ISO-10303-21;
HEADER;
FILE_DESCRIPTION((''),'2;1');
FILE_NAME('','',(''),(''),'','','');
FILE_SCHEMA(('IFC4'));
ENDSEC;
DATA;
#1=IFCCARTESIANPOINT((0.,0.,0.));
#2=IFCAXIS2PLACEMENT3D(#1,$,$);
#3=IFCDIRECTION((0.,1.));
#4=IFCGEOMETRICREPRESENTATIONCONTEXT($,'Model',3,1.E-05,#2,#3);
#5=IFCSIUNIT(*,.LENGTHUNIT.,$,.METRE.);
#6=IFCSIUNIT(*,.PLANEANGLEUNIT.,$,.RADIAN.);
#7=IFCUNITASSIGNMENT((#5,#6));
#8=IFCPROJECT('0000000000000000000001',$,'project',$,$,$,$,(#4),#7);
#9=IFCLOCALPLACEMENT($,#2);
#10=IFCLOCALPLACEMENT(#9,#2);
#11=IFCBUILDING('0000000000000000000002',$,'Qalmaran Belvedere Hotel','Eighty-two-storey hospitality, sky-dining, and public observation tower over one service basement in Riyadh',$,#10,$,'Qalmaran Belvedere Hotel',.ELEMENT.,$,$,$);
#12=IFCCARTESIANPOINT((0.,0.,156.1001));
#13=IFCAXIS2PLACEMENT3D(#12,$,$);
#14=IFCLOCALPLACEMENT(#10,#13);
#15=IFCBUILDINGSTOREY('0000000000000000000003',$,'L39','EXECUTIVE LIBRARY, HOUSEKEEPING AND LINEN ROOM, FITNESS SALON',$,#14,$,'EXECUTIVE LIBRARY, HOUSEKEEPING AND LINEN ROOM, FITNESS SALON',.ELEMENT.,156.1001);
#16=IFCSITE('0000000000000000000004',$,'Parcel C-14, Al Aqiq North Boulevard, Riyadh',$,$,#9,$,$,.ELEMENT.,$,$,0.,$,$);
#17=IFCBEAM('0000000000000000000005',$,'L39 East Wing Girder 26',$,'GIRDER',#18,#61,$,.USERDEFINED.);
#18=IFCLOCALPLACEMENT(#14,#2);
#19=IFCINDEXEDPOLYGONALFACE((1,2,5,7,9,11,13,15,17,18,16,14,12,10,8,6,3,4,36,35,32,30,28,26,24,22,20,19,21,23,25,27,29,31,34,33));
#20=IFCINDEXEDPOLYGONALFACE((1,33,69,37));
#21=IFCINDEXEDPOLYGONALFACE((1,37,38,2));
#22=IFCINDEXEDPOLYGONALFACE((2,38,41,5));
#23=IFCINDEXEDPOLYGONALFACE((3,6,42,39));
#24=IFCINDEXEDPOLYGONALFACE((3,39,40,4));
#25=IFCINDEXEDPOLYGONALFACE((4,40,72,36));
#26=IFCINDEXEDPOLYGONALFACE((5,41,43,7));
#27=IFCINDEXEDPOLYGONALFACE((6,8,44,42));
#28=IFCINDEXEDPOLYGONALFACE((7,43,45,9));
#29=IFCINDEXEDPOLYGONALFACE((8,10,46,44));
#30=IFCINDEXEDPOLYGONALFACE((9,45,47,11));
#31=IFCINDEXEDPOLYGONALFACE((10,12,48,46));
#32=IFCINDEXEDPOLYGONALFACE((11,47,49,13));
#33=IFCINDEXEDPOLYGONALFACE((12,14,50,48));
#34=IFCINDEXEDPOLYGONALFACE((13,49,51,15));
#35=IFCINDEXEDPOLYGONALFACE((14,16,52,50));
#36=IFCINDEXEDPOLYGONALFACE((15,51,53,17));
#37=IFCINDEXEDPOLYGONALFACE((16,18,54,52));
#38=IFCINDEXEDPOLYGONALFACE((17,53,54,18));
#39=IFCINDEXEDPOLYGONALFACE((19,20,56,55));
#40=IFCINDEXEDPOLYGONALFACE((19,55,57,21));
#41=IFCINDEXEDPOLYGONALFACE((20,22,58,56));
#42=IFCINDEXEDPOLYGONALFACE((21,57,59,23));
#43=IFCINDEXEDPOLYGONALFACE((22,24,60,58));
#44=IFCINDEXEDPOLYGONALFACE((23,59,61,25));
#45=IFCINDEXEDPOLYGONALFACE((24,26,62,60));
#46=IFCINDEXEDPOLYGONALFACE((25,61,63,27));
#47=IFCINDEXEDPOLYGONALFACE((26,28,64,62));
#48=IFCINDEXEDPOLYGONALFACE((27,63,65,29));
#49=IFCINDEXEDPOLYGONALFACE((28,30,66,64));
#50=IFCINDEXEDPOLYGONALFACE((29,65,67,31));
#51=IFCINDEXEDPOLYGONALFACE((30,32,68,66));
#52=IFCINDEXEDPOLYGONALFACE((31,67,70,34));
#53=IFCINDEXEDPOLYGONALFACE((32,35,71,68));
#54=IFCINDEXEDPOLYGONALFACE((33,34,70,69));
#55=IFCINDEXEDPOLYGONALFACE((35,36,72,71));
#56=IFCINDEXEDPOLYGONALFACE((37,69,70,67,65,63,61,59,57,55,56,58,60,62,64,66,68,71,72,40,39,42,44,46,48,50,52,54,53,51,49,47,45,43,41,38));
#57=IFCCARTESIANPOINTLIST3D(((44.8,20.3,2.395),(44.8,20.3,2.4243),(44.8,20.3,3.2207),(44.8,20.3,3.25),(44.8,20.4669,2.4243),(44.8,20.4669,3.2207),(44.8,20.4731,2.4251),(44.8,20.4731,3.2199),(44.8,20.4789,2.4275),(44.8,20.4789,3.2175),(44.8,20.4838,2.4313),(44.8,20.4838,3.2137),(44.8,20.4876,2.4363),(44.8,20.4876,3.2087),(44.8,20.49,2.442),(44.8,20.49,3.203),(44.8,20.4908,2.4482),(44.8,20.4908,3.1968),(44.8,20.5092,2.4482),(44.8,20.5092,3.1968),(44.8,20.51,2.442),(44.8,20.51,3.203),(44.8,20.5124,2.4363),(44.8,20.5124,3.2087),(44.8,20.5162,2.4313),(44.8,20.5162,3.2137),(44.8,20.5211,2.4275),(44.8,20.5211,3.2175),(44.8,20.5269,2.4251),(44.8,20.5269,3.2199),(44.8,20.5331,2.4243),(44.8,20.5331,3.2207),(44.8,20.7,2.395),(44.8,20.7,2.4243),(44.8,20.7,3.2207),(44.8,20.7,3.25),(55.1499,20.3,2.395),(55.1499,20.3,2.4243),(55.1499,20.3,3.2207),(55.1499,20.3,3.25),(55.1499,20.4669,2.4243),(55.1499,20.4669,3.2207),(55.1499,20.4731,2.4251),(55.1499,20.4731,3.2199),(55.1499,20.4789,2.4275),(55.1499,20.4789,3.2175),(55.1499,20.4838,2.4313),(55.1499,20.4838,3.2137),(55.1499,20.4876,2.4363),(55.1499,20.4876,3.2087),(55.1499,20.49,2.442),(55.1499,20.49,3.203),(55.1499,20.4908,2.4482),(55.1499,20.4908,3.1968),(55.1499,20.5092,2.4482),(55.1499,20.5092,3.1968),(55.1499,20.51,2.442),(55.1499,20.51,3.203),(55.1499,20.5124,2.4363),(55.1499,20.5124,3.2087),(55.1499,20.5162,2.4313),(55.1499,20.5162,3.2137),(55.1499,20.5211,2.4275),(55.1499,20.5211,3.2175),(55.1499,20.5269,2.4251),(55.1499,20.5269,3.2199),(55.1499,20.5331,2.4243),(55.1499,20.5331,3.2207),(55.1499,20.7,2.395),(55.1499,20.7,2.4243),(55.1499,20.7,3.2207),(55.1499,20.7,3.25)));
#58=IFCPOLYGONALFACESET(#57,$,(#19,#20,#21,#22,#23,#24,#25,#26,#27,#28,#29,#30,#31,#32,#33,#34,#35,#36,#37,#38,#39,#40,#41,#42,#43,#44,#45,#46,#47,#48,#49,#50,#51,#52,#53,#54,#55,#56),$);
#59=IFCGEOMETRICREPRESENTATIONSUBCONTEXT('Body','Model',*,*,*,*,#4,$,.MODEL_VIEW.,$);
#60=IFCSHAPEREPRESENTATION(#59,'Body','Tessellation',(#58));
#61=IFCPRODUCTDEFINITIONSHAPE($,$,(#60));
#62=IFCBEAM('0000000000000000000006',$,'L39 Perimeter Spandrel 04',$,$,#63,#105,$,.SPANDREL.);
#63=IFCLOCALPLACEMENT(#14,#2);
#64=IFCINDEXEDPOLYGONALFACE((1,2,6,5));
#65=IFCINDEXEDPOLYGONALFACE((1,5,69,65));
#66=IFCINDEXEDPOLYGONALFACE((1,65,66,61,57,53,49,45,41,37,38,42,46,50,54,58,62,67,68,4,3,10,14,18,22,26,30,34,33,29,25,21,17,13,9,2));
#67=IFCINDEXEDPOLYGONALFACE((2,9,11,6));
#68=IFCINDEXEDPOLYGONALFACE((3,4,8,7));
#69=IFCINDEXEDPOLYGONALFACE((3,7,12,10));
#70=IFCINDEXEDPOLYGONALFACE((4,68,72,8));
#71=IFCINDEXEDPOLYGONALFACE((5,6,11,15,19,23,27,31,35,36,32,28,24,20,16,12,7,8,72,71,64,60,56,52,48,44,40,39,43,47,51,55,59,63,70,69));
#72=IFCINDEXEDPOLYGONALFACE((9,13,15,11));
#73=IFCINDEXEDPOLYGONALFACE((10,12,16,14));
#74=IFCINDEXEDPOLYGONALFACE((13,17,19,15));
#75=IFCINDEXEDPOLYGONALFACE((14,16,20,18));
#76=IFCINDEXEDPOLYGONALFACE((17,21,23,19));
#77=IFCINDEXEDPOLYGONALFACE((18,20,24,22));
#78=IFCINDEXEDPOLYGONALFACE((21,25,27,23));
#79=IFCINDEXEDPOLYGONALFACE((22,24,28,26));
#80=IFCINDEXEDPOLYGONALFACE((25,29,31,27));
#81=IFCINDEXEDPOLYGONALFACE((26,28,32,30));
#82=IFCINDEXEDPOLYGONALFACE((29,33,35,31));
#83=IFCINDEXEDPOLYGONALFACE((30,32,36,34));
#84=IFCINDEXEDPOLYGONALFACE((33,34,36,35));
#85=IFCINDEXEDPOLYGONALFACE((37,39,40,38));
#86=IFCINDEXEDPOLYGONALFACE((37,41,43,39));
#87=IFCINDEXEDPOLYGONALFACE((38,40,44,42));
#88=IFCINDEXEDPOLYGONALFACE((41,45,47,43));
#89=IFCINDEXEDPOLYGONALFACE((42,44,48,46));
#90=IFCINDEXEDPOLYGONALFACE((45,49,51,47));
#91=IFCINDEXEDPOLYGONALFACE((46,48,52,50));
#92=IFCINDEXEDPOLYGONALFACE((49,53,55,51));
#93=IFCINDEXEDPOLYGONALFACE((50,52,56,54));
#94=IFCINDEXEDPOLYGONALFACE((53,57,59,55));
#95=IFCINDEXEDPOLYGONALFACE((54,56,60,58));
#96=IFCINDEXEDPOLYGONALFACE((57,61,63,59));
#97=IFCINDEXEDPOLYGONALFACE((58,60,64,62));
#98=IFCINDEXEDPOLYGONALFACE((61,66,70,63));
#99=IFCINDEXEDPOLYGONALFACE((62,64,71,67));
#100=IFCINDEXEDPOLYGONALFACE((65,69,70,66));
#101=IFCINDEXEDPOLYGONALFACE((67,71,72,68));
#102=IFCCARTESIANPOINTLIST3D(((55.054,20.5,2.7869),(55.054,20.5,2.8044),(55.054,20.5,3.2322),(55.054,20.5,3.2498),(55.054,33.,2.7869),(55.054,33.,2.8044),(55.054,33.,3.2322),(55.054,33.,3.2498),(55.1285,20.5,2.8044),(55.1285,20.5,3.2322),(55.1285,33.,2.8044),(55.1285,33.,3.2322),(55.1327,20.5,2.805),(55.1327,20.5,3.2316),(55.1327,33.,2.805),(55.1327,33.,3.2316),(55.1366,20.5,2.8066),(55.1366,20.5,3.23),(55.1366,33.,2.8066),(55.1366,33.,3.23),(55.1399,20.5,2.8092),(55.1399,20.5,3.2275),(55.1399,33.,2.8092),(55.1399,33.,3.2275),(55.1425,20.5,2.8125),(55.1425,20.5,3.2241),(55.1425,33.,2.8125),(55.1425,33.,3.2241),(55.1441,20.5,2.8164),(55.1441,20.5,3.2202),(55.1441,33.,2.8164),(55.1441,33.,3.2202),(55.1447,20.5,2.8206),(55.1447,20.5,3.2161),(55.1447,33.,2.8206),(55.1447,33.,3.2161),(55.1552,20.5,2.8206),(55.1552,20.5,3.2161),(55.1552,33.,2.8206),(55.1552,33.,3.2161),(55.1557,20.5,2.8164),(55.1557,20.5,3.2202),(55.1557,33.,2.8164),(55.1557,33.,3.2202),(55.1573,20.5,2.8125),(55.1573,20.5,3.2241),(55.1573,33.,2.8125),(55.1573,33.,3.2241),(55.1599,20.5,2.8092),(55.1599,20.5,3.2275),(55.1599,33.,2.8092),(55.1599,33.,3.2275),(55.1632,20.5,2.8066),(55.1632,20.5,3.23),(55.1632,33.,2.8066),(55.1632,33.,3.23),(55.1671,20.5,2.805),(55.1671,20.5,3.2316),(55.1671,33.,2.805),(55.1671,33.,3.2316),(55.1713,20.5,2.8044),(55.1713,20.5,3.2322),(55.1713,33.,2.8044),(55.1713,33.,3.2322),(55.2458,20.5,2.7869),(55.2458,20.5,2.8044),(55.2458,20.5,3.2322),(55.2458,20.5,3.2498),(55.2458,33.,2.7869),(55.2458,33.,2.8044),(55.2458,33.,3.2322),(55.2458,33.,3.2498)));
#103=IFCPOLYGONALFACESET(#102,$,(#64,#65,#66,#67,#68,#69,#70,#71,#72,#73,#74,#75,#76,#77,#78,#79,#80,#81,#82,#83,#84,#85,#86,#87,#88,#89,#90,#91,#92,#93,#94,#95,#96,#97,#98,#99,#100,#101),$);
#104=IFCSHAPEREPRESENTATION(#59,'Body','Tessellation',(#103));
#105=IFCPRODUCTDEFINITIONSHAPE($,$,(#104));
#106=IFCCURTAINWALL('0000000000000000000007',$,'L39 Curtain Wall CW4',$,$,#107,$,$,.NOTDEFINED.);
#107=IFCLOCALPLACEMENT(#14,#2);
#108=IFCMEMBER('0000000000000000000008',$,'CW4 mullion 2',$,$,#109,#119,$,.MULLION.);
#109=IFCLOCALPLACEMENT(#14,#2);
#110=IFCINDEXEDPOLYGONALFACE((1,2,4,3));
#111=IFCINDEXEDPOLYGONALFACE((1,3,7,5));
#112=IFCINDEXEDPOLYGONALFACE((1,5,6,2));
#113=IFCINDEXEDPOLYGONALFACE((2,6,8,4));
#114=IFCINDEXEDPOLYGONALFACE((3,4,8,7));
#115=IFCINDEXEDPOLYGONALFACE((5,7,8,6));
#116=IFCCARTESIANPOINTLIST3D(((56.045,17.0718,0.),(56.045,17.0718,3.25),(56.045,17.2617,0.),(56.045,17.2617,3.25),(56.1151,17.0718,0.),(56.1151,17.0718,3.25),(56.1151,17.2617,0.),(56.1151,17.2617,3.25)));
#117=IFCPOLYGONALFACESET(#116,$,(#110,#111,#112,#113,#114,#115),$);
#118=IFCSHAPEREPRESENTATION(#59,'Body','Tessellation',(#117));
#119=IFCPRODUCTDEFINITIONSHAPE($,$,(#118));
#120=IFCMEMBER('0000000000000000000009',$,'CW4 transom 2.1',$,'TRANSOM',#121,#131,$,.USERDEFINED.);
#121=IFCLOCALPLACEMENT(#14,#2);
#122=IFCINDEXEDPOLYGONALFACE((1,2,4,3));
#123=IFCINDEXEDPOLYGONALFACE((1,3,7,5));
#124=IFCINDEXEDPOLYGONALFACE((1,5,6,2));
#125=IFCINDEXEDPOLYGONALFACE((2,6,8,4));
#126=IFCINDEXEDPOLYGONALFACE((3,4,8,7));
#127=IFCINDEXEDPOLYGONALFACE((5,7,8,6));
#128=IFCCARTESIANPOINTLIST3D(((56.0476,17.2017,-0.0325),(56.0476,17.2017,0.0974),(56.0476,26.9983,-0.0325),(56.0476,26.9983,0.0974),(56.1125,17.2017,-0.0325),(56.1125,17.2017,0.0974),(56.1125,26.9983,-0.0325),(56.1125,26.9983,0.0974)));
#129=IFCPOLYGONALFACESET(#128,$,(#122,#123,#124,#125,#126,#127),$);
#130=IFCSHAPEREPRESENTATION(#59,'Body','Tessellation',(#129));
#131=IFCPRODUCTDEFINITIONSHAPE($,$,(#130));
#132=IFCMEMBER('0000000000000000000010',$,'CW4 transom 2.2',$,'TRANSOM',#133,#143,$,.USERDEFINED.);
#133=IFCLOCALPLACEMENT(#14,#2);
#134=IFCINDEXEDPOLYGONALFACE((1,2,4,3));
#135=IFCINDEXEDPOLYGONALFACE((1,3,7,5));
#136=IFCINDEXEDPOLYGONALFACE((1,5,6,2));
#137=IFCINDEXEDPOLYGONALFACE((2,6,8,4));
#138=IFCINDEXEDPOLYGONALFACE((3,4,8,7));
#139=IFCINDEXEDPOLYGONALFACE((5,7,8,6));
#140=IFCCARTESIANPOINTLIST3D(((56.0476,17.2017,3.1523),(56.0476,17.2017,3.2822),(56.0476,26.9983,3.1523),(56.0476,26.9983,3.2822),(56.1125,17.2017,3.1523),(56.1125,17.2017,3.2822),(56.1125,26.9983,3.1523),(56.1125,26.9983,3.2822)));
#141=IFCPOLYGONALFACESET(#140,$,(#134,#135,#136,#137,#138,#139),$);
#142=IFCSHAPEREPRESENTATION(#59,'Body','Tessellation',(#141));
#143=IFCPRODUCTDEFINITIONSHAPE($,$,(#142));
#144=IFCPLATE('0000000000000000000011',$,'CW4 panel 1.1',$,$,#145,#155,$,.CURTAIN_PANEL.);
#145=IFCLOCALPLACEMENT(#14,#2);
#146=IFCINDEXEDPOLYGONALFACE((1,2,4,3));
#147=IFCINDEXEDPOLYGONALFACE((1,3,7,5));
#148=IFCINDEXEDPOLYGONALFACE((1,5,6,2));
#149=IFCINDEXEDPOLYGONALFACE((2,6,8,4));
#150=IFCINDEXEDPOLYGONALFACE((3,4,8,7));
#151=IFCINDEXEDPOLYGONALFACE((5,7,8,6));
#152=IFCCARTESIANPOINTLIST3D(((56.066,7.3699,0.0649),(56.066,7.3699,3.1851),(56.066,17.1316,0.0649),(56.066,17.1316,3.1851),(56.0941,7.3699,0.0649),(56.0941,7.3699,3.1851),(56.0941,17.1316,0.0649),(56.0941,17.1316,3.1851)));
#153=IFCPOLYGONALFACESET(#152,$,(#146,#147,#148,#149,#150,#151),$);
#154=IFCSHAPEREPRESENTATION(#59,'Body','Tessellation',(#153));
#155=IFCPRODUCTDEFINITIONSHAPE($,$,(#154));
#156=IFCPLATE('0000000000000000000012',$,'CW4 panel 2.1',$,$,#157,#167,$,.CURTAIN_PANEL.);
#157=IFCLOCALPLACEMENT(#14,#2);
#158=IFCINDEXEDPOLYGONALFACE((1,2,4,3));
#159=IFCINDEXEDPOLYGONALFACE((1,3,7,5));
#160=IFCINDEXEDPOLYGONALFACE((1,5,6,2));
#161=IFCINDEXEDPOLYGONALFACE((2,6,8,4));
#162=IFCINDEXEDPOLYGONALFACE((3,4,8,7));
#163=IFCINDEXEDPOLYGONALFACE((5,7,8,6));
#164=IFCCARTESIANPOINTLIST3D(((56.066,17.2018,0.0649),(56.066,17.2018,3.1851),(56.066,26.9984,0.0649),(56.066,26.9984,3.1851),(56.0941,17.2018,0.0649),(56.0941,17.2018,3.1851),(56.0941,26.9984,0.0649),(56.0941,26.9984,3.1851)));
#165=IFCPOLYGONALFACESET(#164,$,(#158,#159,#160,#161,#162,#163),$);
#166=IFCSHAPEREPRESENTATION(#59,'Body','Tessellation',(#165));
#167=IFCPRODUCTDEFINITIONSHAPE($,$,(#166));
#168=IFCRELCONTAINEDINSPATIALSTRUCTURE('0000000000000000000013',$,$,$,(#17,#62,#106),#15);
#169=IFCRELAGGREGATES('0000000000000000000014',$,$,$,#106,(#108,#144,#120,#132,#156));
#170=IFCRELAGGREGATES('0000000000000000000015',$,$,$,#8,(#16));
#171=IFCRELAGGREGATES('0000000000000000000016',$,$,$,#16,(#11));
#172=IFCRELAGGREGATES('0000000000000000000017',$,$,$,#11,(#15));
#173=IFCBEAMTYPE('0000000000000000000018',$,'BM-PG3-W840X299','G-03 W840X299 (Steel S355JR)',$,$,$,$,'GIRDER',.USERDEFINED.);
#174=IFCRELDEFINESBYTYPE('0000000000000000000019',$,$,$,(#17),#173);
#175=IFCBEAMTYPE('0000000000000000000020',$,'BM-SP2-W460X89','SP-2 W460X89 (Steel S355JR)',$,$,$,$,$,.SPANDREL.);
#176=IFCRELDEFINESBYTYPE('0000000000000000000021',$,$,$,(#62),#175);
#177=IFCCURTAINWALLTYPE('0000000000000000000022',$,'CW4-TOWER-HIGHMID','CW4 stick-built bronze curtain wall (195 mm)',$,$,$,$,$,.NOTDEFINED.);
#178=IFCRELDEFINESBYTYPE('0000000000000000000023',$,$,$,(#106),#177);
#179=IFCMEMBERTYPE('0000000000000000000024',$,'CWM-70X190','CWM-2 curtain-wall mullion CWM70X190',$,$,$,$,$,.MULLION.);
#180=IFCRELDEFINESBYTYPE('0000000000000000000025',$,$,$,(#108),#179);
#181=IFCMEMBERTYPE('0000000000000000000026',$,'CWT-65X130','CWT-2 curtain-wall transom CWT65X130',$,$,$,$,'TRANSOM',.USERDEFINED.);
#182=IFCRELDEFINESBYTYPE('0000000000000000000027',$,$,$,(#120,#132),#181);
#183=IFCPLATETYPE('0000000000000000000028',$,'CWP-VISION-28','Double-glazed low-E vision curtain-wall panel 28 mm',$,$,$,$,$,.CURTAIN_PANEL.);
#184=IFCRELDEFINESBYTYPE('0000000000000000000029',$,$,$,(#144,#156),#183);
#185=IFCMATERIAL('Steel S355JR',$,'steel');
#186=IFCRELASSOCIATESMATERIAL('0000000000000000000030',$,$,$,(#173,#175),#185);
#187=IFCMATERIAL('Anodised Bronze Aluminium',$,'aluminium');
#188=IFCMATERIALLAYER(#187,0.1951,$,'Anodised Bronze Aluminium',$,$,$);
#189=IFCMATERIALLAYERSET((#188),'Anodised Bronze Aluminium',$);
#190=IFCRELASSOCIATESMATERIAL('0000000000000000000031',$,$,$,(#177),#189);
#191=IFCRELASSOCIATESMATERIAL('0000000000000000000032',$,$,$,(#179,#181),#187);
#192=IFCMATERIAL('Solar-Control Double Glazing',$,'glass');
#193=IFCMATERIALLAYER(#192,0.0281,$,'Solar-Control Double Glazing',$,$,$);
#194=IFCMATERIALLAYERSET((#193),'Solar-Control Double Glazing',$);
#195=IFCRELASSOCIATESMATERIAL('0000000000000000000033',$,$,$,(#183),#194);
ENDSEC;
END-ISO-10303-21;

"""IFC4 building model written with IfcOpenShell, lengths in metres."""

from ifc_helpers import new_model, si_unit, direction, frame, origin, origin_2d, place, context, subcontext, project, spatial, rectangle, i_section, extrude, material, layer, layer_set, material_profile, profile_set, type_object, element, aggregate, save


model = new_model("IFC4")

# Units and contexts
model_context = context("Model", 3, precision=1e-05, world=origin(), true_north=direction((0.0, 1.0)))
body_context = subcontext(model_context, "Body", "Model", "MODEL_VIEW")
ifc_project = project(units=[si_unit("LENGTHUNIT", "METRE"), si_unit("PLANEANGLEUNIT", "RADIAN")], contexts=[model_context])

# Site, building, storey
site_placement = place(None, origin())
site = spatial("IfcSite", under=ifc_project, at=site_placement, Name="Parcel C-14, Al Aqiq North Boulevard, Riyadh", CompositionType="ELEMENT", RefElevation=0.0)
building_placement = place(site_placement, origin())
building = spatial("IfcBuilding", under=site, at=building_placement, Name="Qalmaran Belvedere Hotel", Description="Eighty-two-storey hospitality, sky-dining, and public observation tower over one service basement in Riyadh", LongName="Qalmaran Belvedere Hotel", CompositionType="ELEMENT")
storey_placement = place(building_placement, frame((0.0, 0.0, 156.1001)))
storey = spatial("IfcBuildingStorey", under=building, at=storey_placement, Name="L39", Description="EXECUTIVE LIBRARY, HOUSEKEEPING AND LINEN ROOM, FITNESS SALON", LongName="EXECUTIVE LIBRARY, HOUSEKEEPING AND LINEN ROOM, FITNESS SALON", CompositionType="ELEMENT", Elevation=156.1001)

# Beams
ifc_material_1 = material(Name="Steel S355JR", Category="steel")
ifc_material_profile_1 = material_profile(ifc_material_1, i_section(OverallWidth=0.3999, OverallDepth=0.855, WebThickness=0.0183, FlangeThickness=0.0293, FilletRadius=0.0239, at=origin_2d()), Name="W840X299")
ifc_profile_set_1 = profile_set([ifc_material_profile_1], Name="Steel S355JR")
beam_type_1 = type_object("IfcBeamType", Name="BM-PG3-W840X299", Description="G-03 W840X299 (Steel S355JR)", ElementType="GIRDER", PredefinedType="USERDEFINED", material=ifc_profile_set_1)
beam_1_placement = place(storey_placement, frame((44.8, 20.5, 2.8225), z_axis=(1.0, 0.0, 0.0), x_axis=(0.0, 1.0, 0.0)))
element("IfcBeam", 1, at=beam_1_placement, inside=storey, type_object=beam_type_1, Name="L39 East Wing Girder 26", ObjectType="GIRDER", PredefinedType="USERDEFINED", context=body_context, shape_type="SweptSolid", body=[
    extrude(i_section(OverallWidth=0.3999, OverallDepth=0.855, WebThickness=0.0183, FlangeThickness=0.0293, FilletRadius=0.0239, at=origin_2d()), origin(), (0.0, 0.0, 1.0), 10.3499),
])
ifc_material_profile_2 = material_profile(ifc_material_1, i_section(OverallWidth=0.1919, OverallDepth=0.4629, WebThickness=0.0105, FlangeThickness=0.0176, FilletRadius=0.0161, at=origin_2d()), Name="W460X89")
ifc_profile_set_2 = profile_set([ifc_material_profile_2], Name="Steel S355JR")
beam_type_2 = type_object("IfcBeamType", Name="BM-SP2-W460X89", Description="SP-2 W460X89 (Steel S355JR)", PredefinedType="SPANDREL", material=ifc_profile_set_2)
beam_2_placement = place(storey_placement, frame((55.1499, 20.5, 3.0183), z_axis=(0.0, 1.0, 0.0), x_axis=(-1.0, 0.0, 0.0)))
element("IfcBeam", 2, at=beam_2_placement, inside=storey, type_object=beam_type_2, Name="L39 Perimeter Spandrel 04", PredefinedType="SPANDREL", context=body_context, shape_type="SweptSolid", body=[
    extrude(i_section(OverallWidth=0.1919, OverallDepth=0.4629, WebThickness=0.0105, FlangeThickness=0.0176, FilletRadius=0.0161, at=origin_2d()), origin(), (0.0, 0.0, 1.0), 12.5),
])

# Curtain wall, members, plates
ifc_material_2 = material(Name="Anodised Bronze Aluminium", Category="aluminium")
ifc_layer_1 = layer(ifc_material_2, 0.1951, Name="Anodised Bronze Aluminium")
ifc_layer_set_1 = layer_set([ifc_layer_1], Name="Anodised Bronze Aluminium")
curtain_wall_type = type_object("IfcCurtainWallType", Name="CW4-TOWER-HIGHMID", Description="CW4 stick-built bronze curtain wall (195 mm)", PredefinedType="NOTDEFINED", material=ifc_layer_set_1)
curtain_wall_placement = place(storey_placement, origin())
curtain_wall = element("IfcCurtainWall", 3, at=curtain_wall_placement, inside=storey, type_object=curtain_wall_type, Name="L39 Curtain Wall CW4", PredefinedType="NOTDEFINED")
ifc_material_profile_3 = material_profile(ifc_material_2, rectangle(XDim=0.0701, YDim=0.1899, at=origin_2d()), Name="CWM70X190")
ifc_profile_set_3 = profile_set([ifc_material_profile_3], Name="Anodised Bronze Aluminium")
member_type_1 = type_object("IfcMemberType", Name="CWM-70X190", Description="CWM-2 curtain-wall mullion CWM70X190", PredefinedType="MULLION", material=ifc_profile_set_3)
member_1_placement = place(storey_placement, frame((56.0801, 17.1667, 0.0), z_axis=(0.0, 0.0, 1.0), x_axis=(-1.0, 0.0, 0.0)))
member_1 = element("IfcMember", 4, at=member_1_placement, type_object=member_type_1, Name="CW4 mullion 2", PredefinedType="MULLION", context=body_context, shape_type="SweptSolid", body=[
    extrude(rectangle(XDim=0.0701, YDim=0.1899, at=origin_2d()), origin(), (0.0, 0.0, 1.0), 3.25),
])
ifc_material_profile_4 = material_profile(ifc_material_2, rectangle(XDim=0.0649, YDim=0.1299, at=origin_2d()), Name="CWT65X130")
ifc_profile_set_4 = profile_set([ifc_material_profile_4], Name="Anodised Bronze Aluminium")
member_type_2 = type_object("IfcMemberType", Name="CWT-65X130", Description="CWT-2 curtain-wall transom CWT65X130", ElementType="TRANSOM", PredefinedType="USERDEFINED", material=ifc_profile_set_4)
member_2_placement = place(storey_placement, frame((56.0801, 17.2017, 0.0325), z_axis=(0.0, 1.0, 0.0), x_axis=(-1.0, 0.0, 0.0)))
member_2 = element("IfcMember", 5, at=member_2_placement, type_object=member_type_2, Name="CW4 transom 2.1", ObjectType="TRANSOM", PredefinedType="USERDEFINED", context=body_context, shape_type="SweptSolid", body=[
    extrude(rectangle(XDim=0.0649, YDim=0.1299, at=origin_2d()), origin(), (0.0, 0.0, 1.0), 9.7966),
])
member_3_placement = place(storey_placement, frame((56.0801, 17.2017, 3.2173), z_axis=(0.0, 1.0, 0.0), x_axis=(-1.0, 0.0, 0.0)))
member_3 = element("IfcMember", 6, at=member_3_placement, type_object=member_type_2, Name="CW4 transom 2.2", ObjectType="TRANSOM", PredefinedType="USERDEFINED", context=body_context, shape_type="SweptSolid", body=[
    extrude(rectangle(XDim=0.0649, YDim=0.1299, at=origin_2d()), origin(), (0.0, 0.0, 1.0), 9.7966),
])
ifc_material_3 = material(Name="Solar-Control Double Glazing", Category="glass")
ifc_layer_2 = layer(ifc_material_3, 0.0281, Name="Solar-Control Double Glazing")
ifc_layer_set_2 = layer_set([ifc_layer_2], Name="Solar-Control Double Glazing")
plate_type = type_object("IfcPlateType", Name="CWP-VISION-28", Description="Double-glazed low-E vision curtain-wall panel 28 mm", PredefinedType="CURTAIN_PANEL", material=ifc_layer_set_2)
plate_1_placement = place(storey_placement, frame((56.0801, 12.2507, 0.0649), z_axis=(0.0, 0.0, 1.0), x_axis=(0.0, 1.0, 0.0)))
plate_1 = element("IfcPlate", 7, at=plate_1_placement, type_object=plate_type, Name="CW4 panel 1.1", PredefinedType="CURTAIN_PANEL", context=body_context, shape_type="SweptSolid", body=[
    extrude(rectangle(XDim=9.7617, YDim=0.0281, at=origin_2d()), origin(), (0.0, 0.0, 1.0), 3.1201),
])
plate_2_placement = place(storey_placement, frame((56.0801, 22.1001, 0.0649), z_axis=(0.0, 0.0, 1.0), x_axis=(0.0, 1.0, 0.0)))
plate_2 = element("IfcPlate", 8, at=plate_2_placement, type_object=plate_type, Name="CW4 panel 2.1", PredefinedType="CURTAIN_PANEL", context=body_context, shape_type="SweptSolid", body=[
    extrude(rectangle(XDim=9.7966, YDim=0.0281, at=origin_2d()), origin(), (0.0, 0.0, 1.0), 3.1201),
])
aggregate(curtain_wall, [member_1, plate_1, member_2, member_3, plate_2])

save(model, "model.ifc")
